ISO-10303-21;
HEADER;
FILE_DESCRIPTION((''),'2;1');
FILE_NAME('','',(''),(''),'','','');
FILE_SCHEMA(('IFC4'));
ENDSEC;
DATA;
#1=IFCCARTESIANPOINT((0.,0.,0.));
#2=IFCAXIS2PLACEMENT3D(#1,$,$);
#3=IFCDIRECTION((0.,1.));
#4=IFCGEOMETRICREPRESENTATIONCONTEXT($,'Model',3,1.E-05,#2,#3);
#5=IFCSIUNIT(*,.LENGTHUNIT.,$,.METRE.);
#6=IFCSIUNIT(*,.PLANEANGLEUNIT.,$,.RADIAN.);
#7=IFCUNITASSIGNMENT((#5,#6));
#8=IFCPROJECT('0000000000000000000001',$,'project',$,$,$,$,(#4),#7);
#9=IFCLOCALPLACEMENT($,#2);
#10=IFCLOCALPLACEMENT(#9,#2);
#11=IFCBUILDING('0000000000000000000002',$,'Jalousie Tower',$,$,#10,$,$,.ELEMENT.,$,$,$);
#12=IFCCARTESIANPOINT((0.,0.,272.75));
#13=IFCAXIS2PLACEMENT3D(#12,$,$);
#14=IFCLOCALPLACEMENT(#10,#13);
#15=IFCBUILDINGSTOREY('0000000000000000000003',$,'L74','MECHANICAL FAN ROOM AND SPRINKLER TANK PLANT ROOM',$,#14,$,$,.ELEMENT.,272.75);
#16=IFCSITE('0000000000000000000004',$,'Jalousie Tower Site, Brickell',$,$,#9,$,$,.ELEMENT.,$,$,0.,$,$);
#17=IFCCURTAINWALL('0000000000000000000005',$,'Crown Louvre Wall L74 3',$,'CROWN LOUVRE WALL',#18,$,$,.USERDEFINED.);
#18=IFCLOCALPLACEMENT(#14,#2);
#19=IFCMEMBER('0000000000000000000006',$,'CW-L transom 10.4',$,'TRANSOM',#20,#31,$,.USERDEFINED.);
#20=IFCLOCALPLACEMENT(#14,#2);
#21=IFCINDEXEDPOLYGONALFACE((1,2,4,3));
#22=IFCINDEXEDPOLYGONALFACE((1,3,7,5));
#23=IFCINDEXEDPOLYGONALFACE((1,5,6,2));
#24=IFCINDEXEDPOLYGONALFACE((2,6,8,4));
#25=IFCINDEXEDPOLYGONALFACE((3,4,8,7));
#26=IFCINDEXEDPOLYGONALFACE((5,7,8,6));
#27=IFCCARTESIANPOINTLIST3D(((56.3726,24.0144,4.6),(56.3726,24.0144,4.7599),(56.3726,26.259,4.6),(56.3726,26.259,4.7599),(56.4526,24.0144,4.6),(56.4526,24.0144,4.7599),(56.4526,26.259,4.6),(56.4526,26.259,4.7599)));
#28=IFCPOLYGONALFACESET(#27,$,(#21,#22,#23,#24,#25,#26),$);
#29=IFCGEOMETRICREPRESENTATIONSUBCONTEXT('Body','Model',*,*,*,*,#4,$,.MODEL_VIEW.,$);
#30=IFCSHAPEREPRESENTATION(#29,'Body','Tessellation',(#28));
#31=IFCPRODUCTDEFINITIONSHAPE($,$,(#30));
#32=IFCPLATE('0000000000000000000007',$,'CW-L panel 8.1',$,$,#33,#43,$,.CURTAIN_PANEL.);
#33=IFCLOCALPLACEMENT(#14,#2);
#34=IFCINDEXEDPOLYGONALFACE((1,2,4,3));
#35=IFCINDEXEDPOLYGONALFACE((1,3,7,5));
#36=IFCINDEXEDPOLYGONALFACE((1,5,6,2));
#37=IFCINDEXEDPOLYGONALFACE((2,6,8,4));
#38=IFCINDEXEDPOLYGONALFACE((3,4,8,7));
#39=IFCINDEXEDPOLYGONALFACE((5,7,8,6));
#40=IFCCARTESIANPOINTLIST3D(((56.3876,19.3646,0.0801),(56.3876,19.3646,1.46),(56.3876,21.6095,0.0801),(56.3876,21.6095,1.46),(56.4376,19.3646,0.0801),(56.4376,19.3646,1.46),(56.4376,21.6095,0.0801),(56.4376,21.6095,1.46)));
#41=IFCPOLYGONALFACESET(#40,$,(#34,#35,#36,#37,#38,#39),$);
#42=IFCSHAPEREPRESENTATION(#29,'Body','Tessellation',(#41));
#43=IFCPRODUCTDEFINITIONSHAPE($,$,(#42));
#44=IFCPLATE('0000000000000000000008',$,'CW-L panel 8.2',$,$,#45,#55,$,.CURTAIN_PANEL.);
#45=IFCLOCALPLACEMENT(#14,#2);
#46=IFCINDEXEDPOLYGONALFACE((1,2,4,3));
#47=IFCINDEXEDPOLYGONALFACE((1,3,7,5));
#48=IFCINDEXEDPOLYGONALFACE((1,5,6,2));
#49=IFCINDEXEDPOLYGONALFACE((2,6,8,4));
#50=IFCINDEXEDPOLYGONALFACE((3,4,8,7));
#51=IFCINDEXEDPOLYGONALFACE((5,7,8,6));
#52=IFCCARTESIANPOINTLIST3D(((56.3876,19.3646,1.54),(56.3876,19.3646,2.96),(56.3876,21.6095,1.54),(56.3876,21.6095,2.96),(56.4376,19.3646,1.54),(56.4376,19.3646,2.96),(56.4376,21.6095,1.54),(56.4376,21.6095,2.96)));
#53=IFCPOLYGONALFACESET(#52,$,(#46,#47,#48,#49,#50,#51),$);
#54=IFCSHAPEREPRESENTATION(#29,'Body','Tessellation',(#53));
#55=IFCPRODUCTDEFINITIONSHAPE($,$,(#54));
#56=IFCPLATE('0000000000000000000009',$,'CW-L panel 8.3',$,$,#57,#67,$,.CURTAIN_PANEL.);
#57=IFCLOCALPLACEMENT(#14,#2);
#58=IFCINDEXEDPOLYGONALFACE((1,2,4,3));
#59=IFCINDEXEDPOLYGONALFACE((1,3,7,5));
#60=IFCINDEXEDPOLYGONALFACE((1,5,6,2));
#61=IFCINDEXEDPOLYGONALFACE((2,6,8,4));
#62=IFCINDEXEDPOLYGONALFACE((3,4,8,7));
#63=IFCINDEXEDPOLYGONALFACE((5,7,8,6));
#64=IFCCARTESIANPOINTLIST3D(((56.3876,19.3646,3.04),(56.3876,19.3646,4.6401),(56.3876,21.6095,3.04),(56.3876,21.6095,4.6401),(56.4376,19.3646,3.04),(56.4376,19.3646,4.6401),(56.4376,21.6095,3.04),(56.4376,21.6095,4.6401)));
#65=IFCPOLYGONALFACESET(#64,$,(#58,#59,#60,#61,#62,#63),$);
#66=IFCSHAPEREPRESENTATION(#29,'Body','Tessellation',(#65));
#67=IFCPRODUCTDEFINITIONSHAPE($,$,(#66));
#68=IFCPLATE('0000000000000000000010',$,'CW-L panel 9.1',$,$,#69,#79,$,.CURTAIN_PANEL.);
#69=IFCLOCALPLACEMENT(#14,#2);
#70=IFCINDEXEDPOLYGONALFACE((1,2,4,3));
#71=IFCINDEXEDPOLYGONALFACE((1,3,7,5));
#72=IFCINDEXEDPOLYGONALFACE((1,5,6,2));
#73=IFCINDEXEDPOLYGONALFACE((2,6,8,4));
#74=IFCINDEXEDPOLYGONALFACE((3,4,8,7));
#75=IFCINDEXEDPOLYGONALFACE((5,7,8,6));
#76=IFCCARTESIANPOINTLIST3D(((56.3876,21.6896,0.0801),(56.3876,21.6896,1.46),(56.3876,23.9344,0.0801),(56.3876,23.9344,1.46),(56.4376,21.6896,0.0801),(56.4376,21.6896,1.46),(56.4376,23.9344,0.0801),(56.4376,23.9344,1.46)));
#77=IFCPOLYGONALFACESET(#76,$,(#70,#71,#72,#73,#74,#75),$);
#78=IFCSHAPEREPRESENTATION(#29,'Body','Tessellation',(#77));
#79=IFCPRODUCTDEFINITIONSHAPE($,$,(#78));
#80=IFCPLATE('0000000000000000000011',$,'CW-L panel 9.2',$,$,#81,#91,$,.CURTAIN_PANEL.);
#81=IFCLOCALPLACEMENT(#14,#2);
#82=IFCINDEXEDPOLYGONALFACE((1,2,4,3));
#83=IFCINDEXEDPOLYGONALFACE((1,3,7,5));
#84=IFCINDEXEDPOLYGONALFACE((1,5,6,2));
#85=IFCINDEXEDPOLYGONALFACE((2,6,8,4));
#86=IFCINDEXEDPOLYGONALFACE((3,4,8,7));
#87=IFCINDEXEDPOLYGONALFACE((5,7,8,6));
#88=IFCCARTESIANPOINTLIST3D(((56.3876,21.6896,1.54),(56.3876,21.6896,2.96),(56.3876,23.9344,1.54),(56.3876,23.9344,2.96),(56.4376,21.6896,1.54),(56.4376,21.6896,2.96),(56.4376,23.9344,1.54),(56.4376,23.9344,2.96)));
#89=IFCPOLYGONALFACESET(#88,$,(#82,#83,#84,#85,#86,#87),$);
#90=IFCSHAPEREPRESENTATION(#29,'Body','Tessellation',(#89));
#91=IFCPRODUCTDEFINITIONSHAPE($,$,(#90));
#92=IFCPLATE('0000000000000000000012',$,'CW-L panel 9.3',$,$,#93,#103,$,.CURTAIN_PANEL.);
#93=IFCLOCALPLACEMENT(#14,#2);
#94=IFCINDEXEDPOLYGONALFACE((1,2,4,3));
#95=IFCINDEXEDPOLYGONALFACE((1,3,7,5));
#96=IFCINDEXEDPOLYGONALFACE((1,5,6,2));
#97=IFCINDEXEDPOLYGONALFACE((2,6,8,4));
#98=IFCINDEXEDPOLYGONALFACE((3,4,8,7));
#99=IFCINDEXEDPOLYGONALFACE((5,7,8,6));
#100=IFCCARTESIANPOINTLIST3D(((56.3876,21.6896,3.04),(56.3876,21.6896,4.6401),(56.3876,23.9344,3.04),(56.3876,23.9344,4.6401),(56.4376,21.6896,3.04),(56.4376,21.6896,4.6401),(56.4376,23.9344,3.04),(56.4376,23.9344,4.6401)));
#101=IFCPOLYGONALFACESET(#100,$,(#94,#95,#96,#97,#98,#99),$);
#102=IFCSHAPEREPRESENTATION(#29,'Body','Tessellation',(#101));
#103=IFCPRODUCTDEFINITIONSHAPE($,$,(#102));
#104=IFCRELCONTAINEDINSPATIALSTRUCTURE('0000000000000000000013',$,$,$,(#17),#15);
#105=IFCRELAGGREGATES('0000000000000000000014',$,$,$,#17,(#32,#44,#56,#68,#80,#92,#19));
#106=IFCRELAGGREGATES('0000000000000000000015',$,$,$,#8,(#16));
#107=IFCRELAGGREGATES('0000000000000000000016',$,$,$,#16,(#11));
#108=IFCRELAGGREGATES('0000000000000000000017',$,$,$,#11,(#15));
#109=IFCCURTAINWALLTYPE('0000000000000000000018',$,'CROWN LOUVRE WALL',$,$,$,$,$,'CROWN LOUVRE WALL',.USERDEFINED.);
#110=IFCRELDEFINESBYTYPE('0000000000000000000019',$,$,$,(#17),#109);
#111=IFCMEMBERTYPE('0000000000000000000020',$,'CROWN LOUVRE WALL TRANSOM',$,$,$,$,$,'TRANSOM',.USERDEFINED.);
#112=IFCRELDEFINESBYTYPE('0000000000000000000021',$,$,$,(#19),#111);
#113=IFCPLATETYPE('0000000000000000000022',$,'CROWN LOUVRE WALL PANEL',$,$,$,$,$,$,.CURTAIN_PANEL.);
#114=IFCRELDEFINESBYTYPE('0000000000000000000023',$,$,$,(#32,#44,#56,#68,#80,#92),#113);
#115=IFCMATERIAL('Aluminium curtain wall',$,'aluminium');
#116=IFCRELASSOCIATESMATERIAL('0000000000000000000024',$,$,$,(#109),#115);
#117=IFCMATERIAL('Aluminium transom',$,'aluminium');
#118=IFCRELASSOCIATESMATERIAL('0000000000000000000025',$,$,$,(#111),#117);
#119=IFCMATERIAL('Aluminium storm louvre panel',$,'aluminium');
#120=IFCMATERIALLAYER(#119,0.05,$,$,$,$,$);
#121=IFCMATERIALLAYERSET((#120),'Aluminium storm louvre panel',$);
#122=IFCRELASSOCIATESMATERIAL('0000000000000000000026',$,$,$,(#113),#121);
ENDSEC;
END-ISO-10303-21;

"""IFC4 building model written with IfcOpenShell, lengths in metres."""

from ifc_helpers import new_model, si_unit, direction, frame, origin, origin_2d, place, context, subcontext, project, spatial, rectangle, extrude, material, layer, layer_set, material_profile, profile_set, type_object, element, aggregate, save


model = new_model("IFC4")

# Units and contexts
model_context = context("Model", 3, precision=1e-05, world=origin(), true_north=direction((0.0, 1.0)))
body_context = subcontext(model_context, "Body", "Model", "MODEL_VIEW")
ifc_project = project(units=[si_unit("LENGTHUNIT", "METRE"), si_unit("PLANEANGLEUNIT", "RADIAN")], contexts=[model_context])

# Site, building, storey
site_placement = place(None, origin())
site = spatial("IfcSite", under=ifc_project, at=site_placement, Name="Jalousie Tower Site, Brickell", CompositionType="ELEMENT", RefElevation=0.0)
building_placement = place(site_placement, origin())
building = spatial("IfcBuilding", under=site, at=building_placement, Name="Jalousie Tower", CompositionType="ELEMENT")
storey_placement = place(building_placement, frame((0.0, 0.0, 272.75)))
storey = spatial("IfcBuildingStorey", under=building, at=storey_placement, Name="L74", Description="MECHANICAL FAN ROOM AND SPRINKLER TANK PLANT ROOM", CompositionType="ELEMENT", Elevation=272.75)

# Curtain wall, member, plates
ifc_material_1 = material(Name="Aluminium curtain wall", Category="aluminium")
curtain_wall_type = type_object("IfcCurtainWallType", Name="CROWN LOUVRE WALL", ElementType="CROWN LOUVRE WALL", PredefinedType="USERDEFINED", material=ifc_material_1)
curtain_wall_placement = place(storey_placement, origin())
curtain_wall = element("IfcCurtainWall", 1, at=curtain_wall_placement, inside=storey, type_object=curtain_wall_type, Name="Crown Louvre Wall L74 3", ObjectType="CROWN LOUVRE WALL", PredefinedType="USERDEFINED")
ifc_material_2 = material(Name="Aluminium transom", Category="aluminium")
ifc_material_profile_1 = material_profile(ifc_material_2, rectangle(XDim=0.0801, YDim=0.1599, at=origin_2d()), Name="TRANSOM 80x160")
ifc_profile_set_1 = profile_set([ifc_material_profile_1], Name="Aluminium transom")
member_type_1 = type_object("IfcMemberType", Name="CROWN LOUVRE WALL TRANSOM", ElementType="TRANSOM", PredefinedType="USERDEFINED", material=ifc_profile_set_1)
member_1_placement = place(storey_placement, frame((56.4126, 24.0144, 4.6799), z_axis=(0.0, 1.0, 0.0), x_axis=(-1.0, 0.0, 0.0)))
member_1 = element("IfcMember", 2, at=member_1_placement, type_object=member_type_1, Name="CW-L transom 10.4", ObjectType="TRANSOM", PredefinedType="USERDEFINED", context=body_context, shape_type="SweptSolid", body=[
    extrude(rectangle(XDim=0.0801, YDim=0.1599, at=origin_2d()), origin(), (0.0, 0.0, 1.0), 2.2446),
])
ifc_material_3 = material(Name="Aluminium storm louvre panel", Category="aluminium")
ifc_layer = layer(ifc_material_3, 0.05)
ifc_layer_set = layer_set([ifc_layer], Name="Aluminium storm louvre panel")
plate_type = type_object("IfcPlateType", Name="CROWN LOUVRE WALL PANEL", PredefinedType="CURTAIN_PANEL", material=ifc_layer_set)
plate_1_placement = place(storey_placement, frame((56.4126, 20.4871, 0.0801), z_axis=(0.0, 0.0, 1.0), x_axis=(0.0, 1.0, 0.0)))
plate_1 = element("IfcPlate", 3, at=plate_1_placement, type_object=plate_type, Name="CW-L panel 8.1", PredefinedType="CURTAIN_PANEL", context=body_context, shape_type="SweptSolid", body=[
    extrude(rectangle(XDim=2.2449, YDim=0.05, at=origin_2d()), origin(), (0.0, 0.0, 1.0), 1.3799),
])
plate_2_placement = place(storey_placement, frame((56.4126, 20.4871, 1.54), z_axis=(0.0, 0.0, 1.0), x_axis=(0.0, 1.0, 0.0)))
plate_2 = element("IfcPlate", 4, at=plate_2_placement, type_object=plate_type, Name="CW-L panel 8.2", PredefinedType="CURTAIN_PANEL", context=body_context, shape_type="SweptSolid", body=[
    extrude(rectangle(XDim=2.2449, YDim=0.05, at=origin_2d()), origin(), (0.0, 0.0, 1.0), 1.4199),
])
plate_3_placement = place(storey_placement, frame((56.4126, 20.4871, 3.04), z_axis=(0.0, 0.0, 1.0), x_axis=(0.0, 1.0, 0.0)))
plate_3 = element("IfcPlate", 5, at=plate_3_placement, type_object=plate_type, Name="CW-L panel 8.3", PredefinedType="CURTAIN_PANEL", context=body_context, shape_type="SweptSolid", body=[
    extrude(rectangle(XDim=2.2449, YDim=0.05, at=origin_2d()), origin(), (0.0, 0.0, 1.0), 1.6001),
])
plate_4_placement = place(storey_placement, frame((56.4126, 22.812, 0.0801), z_axis=(0.0, 0.0, 1.0), x_axis=(0.0, 1.0, 0.0)))
plate_4 = element("IfcPlate", 6, at=plate_4_placement, type_object=plate_type, Name="CW-L panel 9.1", PredefinedType="CURTAIN_PANEL", context=body_context, shape_type="SweptSolid", body=[
    extrude(rectangle(XDim=2.2449, YDim=0.05, at=origin_2d()), origin(), (0.0, 0.0, 1.0), 1.3799),
])
plate_5_placement = place(storey_placement, frame((56.4126, 22.812, 1.54), z_axis=(0.0, 0.0, 1.0), x_axis=(0.0, 1.0, 0.0)))
plate_5 = element("IfcPlate", 7, at=plate_5_placement, type_object=plate_type, Name="CW-L panel 9.2", PredefinedType="CURTAIN_PANEL", context=body_context, shape_type="SweptSolid", body=[
    extrude(rectangle(XDim=2.2449, YDim=0.05, at=origin_2d()), origin(), (0.0, 0.0, 1.0), 1.4199),
])
plate_6_placement = place(storey_placement, frame((56.4126, 22.812, 3.04), z_axis=(0.0, 0.0, 1.0), x_axis=(0.0, 1.0, 0.0)))
plate_6 = element("IfcPlate", 8, at=plate_6_placement, type_object=plate_type, Name="CW-L panel 9.3", PredefinedType="CURTAIN_PANEL", context=body_context, shape_type="SweptSolid", body=[
    extrude(rectangle(XDim=2.2449, YDim=0.05, at=origin_2d()), origin(), (0.0, 0.0, 1.0), 1.6001),
])
aggregate(curtain_wall, [plate_1, plate_2, plate_3, plate_4, plate_5, plate_6, member_1])

save(model, "model.ifc")
